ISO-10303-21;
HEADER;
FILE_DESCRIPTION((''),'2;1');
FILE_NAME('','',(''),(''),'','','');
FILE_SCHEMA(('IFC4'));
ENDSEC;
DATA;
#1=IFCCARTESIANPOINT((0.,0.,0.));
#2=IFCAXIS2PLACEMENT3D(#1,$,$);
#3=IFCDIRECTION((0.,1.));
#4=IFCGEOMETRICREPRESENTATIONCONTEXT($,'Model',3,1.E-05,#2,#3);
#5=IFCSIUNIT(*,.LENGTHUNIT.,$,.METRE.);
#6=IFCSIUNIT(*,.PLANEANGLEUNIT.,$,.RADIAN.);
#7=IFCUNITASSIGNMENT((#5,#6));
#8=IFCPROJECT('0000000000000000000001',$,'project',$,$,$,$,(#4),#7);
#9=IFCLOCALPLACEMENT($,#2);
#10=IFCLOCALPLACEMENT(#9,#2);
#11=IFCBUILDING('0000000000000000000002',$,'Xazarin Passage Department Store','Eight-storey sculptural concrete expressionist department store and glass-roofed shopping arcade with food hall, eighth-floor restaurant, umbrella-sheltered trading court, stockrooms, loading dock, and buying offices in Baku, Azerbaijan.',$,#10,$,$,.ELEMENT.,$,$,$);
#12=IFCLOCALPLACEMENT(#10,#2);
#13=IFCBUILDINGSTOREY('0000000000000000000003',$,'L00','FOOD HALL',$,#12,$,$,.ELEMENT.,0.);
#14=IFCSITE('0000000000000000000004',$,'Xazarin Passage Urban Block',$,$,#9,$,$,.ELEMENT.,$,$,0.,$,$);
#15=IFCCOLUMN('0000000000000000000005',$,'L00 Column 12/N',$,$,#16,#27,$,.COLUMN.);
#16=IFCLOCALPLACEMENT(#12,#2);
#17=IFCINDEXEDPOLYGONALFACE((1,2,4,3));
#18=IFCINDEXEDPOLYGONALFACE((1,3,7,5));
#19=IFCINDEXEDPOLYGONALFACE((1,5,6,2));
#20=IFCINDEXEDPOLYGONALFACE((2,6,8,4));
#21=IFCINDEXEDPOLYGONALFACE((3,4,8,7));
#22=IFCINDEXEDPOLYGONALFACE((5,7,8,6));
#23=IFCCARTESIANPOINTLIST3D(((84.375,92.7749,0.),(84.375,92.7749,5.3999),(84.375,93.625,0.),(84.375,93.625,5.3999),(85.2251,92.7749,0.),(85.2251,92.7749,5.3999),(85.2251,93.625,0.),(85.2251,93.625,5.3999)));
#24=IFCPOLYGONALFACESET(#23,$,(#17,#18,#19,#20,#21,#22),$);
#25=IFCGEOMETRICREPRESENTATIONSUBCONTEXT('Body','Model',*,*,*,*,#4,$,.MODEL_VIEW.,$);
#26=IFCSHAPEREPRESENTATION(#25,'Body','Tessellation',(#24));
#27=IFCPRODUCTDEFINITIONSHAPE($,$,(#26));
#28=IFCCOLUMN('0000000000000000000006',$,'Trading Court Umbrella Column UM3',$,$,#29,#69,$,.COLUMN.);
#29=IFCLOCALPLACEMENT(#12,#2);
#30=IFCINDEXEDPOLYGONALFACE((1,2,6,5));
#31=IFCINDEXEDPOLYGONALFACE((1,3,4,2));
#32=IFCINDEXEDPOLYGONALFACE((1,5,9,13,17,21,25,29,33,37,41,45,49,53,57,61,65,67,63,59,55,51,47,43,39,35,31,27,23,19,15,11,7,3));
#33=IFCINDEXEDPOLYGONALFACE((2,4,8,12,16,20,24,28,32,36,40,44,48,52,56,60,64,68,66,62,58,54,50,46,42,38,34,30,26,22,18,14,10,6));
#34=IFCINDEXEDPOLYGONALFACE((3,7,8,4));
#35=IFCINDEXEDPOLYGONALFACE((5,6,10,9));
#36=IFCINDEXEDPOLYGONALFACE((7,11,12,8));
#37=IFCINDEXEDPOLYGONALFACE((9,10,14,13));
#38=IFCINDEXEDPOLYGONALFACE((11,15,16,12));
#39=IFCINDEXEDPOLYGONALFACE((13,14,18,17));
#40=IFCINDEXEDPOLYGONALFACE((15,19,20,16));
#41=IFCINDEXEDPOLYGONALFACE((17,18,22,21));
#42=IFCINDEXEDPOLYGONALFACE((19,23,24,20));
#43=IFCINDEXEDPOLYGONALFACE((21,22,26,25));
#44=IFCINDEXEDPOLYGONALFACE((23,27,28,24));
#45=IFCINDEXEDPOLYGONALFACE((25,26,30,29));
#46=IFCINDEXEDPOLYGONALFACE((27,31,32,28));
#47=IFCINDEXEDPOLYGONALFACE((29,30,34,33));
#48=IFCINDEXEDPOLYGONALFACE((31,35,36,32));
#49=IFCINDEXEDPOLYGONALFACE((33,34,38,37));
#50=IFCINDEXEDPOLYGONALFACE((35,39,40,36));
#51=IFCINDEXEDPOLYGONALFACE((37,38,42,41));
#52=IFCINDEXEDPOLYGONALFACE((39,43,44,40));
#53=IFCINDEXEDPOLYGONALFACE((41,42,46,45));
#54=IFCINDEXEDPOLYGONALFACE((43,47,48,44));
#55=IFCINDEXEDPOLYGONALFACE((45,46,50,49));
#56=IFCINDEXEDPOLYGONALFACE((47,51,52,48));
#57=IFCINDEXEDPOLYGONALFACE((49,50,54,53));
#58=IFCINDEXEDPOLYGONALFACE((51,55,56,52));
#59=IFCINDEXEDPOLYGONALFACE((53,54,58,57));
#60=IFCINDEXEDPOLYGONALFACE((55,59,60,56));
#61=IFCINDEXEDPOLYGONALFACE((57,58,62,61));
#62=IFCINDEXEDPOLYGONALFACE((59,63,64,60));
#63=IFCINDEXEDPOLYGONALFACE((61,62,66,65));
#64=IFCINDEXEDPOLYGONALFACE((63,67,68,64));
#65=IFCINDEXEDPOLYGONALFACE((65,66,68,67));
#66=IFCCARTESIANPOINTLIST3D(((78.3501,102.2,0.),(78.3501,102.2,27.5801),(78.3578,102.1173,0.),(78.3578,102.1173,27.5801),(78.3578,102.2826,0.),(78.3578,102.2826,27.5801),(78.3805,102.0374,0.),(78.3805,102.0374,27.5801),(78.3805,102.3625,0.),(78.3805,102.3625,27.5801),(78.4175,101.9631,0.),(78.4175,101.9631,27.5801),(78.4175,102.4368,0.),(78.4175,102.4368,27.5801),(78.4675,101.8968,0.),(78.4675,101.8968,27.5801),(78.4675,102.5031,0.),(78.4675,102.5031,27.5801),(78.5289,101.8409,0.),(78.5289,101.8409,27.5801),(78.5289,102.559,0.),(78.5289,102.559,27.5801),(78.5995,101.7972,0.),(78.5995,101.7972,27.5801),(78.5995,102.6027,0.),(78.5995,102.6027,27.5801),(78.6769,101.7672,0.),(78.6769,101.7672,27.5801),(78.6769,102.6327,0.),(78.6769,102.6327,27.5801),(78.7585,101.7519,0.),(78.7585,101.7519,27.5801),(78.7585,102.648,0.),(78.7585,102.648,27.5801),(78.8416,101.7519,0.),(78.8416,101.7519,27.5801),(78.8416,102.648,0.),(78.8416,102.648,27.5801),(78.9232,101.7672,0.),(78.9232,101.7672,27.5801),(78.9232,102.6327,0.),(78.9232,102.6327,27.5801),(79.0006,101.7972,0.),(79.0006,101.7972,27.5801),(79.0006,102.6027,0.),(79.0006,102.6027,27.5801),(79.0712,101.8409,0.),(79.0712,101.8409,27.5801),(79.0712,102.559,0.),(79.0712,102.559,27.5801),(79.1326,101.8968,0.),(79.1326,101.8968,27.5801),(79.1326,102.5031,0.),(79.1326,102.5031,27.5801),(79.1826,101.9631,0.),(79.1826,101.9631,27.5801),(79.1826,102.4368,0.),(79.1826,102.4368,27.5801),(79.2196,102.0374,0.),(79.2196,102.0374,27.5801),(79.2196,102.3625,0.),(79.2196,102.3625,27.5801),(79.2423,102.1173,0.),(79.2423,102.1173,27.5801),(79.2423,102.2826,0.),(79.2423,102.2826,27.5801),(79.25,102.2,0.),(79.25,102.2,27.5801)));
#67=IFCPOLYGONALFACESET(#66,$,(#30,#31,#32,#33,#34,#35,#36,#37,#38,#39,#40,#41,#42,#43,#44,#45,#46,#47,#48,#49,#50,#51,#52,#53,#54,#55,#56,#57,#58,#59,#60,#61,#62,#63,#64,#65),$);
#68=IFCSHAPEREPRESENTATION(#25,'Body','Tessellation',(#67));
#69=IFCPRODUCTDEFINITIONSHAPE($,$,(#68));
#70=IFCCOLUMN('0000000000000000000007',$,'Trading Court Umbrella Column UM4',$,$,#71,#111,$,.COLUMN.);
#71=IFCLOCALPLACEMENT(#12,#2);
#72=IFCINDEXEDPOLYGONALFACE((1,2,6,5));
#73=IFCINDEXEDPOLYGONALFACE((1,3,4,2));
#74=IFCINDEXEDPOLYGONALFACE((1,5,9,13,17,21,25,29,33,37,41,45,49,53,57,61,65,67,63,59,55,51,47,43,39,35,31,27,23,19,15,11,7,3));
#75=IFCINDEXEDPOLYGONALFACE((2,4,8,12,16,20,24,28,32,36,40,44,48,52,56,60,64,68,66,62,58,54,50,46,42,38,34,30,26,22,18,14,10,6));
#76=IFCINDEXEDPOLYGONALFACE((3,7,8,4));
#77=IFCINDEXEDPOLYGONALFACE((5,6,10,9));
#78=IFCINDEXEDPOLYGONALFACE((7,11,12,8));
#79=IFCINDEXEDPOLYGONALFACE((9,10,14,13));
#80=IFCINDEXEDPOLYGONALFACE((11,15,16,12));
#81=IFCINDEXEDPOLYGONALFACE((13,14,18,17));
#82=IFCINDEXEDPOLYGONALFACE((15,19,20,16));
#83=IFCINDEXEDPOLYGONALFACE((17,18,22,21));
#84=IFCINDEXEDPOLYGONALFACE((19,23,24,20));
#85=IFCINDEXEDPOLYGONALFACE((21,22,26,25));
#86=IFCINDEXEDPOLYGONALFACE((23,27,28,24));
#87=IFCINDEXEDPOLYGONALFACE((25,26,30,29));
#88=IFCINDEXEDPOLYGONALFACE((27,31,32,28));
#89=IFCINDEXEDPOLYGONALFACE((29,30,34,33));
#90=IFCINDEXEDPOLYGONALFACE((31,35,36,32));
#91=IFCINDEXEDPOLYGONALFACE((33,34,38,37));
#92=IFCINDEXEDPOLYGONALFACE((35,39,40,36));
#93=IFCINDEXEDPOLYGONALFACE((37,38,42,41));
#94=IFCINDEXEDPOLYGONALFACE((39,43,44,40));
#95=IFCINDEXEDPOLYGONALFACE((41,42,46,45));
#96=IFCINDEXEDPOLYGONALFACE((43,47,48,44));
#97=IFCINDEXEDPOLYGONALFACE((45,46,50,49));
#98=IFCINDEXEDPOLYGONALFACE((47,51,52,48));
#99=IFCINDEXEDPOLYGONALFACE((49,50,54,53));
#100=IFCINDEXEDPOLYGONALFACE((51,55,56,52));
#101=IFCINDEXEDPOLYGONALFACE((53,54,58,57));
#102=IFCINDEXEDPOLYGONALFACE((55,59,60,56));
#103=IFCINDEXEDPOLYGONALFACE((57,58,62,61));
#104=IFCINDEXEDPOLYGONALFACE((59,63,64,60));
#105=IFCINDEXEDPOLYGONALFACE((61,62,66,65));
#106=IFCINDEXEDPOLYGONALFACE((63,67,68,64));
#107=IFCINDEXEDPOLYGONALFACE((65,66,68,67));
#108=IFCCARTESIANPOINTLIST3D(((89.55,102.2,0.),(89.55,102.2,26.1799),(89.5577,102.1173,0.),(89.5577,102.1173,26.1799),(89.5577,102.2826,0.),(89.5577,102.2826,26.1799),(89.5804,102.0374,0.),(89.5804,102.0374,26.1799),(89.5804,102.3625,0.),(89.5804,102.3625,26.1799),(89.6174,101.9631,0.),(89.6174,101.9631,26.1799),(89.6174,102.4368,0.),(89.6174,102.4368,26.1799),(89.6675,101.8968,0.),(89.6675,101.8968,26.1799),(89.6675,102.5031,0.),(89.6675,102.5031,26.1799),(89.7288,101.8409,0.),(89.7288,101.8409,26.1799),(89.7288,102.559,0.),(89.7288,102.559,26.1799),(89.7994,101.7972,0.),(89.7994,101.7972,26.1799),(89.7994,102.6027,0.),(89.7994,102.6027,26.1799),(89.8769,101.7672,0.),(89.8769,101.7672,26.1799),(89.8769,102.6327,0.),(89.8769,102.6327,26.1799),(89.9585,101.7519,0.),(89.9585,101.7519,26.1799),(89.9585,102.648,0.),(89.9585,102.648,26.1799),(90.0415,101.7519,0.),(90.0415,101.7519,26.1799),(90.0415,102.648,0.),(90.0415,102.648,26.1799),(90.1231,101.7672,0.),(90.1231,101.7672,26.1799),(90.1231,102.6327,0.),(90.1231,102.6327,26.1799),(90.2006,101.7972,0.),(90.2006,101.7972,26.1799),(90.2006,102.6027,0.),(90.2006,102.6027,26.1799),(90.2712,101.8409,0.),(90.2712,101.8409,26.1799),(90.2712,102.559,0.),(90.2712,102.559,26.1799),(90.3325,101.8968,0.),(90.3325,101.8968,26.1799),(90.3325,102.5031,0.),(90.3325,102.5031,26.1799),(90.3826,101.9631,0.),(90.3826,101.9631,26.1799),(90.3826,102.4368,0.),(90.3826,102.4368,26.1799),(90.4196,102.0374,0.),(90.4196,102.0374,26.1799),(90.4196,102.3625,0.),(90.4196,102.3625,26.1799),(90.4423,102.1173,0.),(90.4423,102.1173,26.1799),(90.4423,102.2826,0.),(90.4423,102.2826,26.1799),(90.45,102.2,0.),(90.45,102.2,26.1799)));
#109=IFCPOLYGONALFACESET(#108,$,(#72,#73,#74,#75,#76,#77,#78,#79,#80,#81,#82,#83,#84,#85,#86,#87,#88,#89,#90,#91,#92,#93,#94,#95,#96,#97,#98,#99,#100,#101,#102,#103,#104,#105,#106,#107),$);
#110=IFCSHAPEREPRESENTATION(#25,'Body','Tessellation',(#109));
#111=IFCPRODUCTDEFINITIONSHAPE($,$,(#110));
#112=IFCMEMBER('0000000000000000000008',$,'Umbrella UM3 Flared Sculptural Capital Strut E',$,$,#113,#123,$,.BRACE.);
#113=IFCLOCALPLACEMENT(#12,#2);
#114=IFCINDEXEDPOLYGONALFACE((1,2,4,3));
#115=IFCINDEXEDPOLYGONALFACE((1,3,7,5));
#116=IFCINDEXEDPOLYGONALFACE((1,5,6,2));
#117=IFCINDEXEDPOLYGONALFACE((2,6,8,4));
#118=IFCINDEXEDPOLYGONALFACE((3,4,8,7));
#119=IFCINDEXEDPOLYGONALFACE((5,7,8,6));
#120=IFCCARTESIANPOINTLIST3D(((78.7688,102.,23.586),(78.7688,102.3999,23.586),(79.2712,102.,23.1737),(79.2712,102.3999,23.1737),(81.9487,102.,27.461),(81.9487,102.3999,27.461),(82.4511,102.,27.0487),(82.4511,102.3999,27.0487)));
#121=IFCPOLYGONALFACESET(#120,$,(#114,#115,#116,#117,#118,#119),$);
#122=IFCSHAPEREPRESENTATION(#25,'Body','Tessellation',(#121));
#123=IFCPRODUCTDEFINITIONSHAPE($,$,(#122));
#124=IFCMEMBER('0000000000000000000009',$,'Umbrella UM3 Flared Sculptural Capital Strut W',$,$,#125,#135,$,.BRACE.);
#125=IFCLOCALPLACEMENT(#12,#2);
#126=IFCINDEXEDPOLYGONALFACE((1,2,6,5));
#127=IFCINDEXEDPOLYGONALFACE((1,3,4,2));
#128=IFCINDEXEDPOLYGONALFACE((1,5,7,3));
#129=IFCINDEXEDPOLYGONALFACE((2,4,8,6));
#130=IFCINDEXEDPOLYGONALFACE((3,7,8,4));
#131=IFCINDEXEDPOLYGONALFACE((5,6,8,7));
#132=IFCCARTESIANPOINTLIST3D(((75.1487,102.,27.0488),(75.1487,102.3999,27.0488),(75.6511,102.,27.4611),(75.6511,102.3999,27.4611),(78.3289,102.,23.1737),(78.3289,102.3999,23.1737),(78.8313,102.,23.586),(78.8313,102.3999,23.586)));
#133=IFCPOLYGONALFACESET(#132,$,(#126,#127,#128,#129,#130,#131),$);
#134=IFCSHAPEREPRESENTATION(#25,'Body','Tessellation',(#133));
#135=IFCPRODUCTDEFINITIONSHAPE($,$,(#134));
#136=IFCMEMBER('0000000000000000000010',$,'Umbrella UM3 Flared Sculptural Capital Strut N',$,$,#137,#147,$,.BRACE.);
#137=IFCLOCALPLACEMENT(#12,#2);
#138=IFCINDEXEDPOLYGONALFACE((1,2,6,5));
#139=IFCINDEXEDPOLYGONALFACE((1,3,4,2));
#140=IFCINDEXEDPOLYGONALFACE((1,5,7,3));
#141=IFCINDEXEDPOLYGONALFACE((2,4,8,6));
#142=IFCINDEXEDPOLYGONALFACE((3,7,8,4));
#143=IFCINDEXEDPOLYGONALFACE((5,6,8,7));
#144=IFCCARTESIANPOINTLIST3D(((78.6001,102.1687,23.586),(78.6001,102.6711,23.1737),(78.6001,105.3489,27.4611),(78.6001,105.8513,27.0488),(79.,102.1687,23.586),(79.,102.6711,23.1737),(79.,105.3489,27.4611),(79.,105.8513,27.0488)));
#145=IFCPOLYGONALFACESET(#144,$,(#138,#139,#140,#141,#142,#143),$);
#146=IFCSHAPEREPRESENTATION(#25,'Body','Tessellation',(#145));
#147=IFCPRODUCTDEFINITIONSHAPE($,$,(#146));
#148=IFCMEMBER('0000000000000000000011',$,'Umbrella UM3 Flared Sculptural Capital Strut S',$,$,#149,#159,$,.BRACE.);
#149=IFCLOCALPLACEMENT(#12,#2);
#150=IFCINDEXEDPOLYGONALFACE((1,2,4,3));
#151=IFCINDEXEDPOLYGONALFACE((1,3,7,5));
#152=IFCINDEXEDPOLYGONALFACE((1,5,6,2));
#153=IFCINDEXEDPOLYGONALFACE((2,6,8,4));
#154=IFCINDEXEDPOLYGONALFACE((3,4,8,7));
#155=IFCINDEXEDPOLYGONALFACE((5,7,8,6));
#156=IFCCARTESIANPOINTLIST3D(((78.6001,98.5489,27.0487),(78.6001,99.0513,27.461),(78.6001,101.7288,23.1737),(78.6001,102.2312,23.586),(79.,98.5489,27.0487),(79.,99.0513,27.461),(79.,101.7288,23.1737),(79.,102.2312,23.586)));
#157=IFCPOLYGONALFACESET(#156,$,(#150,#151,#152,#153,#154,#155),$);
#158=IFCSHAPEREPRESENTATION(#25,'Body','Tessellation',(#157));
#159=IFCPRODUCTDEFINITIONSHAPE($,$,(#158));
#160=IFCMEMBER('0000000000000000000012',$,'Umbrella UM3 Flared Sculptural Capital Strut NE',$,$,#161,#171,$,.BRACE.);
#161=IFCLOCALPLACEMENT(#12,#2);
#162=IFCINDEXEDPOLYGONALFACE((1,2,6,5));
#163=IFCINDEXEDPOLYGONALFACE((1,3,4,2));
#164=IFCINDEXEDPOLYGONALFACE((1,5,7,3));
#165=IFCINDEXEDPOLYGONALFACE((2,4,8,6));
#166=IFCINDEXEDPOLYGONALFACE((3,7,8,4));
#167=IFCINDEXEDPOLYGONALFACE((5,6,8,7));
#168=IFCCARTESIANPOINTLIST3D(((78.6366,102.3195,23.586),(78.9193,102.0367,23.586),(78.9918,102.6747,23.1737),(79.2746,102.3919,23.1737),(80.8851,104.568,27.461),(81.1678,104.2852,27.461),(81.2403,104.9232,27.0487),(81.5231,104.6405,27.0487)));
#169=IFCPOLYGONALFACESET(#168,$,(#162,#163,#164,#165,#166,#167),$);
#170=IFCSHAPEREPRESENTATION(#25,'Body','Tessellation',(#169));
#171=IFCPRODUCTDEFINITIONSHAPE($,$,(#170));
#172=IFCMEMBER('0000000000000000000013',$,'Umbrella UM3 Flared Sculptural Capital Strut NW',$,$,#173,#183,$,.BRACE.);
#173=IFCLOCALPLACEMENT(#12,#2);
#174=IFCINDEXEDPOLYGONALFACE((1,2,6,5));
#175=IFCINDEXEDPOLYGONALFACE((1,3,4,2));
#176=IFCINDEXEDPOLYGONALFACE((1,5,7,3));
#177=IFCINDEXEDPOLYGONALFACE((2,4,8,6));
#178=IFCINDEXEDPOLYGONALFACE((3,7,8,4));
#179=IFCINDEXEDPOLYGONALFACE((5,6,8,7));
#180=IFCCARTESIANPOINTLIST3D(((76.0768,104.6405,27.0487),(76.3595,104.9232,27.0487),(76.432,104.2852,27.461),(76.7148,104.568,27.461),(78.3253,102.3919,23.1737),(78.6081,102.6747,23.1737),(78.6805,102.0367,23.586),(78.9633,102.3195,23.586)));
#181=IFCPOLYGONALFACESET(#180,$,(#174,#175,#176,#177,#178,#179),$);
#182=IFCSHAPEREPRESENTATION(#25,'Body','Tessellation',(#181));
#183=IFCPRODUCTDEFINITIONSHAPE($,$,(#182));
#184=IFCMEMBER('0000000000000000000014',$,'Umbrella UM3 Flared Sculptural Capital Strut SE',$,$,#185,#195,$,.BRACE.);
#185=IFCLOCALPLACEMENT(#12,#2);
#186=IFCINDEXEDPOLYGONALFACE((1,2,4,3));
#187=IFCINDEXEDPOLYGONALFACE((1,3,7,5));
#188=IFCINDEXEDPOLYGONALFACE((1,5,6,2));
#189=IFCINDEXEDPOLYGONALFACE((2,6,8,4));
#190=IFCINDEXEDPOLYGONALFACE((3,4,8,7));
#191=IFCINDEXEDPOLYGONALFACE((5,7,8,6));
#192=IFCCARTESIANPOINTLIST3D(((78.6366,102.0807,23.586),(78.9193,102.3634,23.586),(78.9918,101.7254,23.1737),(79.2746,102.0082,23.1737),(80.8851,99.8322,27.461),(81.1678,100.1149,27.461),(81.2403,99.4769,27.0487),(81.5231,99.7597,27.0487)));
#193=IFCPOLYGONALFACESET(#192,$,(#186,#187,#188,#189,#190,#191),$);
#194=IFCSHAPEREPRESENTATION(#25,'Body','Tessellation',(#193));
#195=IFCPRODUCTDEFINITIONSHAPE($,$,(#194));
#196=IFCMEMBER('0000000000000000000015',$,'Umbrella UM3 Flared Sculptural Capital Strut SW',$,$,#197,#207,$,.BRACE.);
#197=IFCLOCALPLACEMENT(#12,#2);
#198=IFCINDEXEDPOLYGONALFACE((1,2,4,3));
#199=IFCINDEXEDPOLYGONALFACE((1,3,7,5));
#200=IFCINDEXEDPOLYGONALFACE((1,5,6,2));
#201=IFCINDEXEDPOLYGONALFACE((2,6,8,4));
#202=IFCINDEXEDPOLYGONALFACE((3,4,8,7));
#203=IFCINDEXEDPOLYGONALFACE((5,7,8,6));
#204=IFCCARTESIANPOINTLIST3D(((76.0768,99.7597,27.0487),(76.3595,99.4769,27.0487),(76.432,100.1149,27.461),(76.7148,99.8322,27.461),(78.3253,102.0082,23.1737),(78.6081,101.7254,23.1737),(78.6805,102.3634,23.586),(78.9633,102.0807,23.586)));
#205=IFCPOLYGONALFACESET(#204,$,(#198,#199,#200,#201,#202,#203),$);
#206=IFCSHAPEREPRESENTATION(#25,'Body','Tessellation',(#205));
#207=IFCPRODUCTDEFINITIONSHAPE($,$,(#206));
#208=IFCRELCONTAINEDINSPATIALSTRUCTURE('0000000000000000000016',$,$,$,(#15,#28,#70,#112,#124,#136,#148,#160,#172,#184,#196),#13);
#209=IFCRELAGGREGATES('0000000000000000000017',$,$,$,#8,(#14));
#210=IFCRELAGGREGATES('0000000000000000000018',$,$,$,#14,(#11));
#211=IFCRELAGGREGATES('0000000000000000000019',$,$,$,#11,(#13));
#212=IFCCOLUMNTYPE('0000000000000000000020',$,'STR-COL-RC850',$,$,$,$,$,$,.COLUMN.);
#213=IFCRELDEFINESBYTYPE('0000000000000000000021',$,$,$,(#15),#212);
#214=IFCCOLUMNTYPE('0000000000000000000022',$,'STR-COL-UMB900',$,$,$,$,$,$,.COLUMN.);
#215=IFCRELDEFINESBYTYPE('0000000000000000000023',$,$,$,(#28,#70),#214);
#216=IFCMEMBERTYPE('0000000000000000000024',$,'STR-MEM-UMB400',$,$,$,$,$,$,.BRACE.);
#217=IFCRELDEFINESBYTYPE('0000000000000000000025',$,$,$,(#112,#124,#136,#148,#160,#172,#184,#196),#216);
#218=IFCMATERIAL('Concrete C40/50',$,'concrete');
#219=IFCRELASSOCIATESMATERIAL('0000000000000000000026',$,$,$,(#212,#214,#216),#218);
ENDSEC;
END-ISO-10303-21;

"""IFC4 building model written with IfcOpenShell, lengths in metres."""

from ifc_helpers import new_model, si_unit, direction, frame, origin, origin_2d, place, context, subcontext, project, spatial, rectangle, circle, extrude, material, material_profile, profile_set, type_object, element, save


model = new_model("IFC4")

# Units and contexts
model_context = context("Model", 3, precision=1e-05, world=origin(), true_north=direction((0.0, 1.0)))
body_context = subcontext(model_context, "Body", "Model", "MODEL_VIEW")
ifc_project = project(units=[si_unit("LENGTHUNIT", "METRE"), si_unit("PLANEANGLEUNIT", "RADIAN")], contexts=[model_context])

# Site, building, storey
site_placement = place(None, origin())
site = spatial("IfcSite", under=ifc_project, at=site_placement, Name="Xazarin Passage Urban Block", CompositionType="ELEMENT", RefElevation=0.0)
building_placement = place(site_placement, origin())
building = spatial("IfcBuilding", under=site, at=building_placement, Name="Xazarin Passage Department Store", Description="Eight-storey sculptural concrete expressionist department store and glass-roofed shopping arcade with food hall, eighth-floor restaurant, umbrella-sheltered trading court, stockrooms, loading dock, and buying offices in Baku, Azerbaijan.", CompositionType="ELEMENT")
storey_placement = place(building_placement, origin())
storey = spatial("IfcBuildingStorey", under=building, at=storey_placement, Name="L00", Description="FOOD HALL", CompositionType="ELEMENT", Elevation=0.0)

# Columns
ifc_material_1 = material(Name="Concrete C40/50", Category="concrete")
ifc_material_profile_1 = material_profile(ifc_material_1, rectangle(XDim=0.8501, YDim=0.8501, at=origin_2d()), Name="RC 850x850")
ifc_profile_set_1 = profile_set([ifc_material_profile_1], Name="Concrete C40/50")
column_type_1 = type_object("IfcColumnType", Name="STR-COL-RC850", PredefinedType="COLUMN", material=ifc_profile_set_1)
column_1_placement = place(storey_placement, frame((84.8, 93.2, 0.0), z_axis=(0.0, 0.0, 1.0), x_axis=(1.0, 0.0, 0.0)))
element("IfcColumn", 1, at=column_1_placement, inside=storey, type_object=column_type_1, Name="L00 Column 12/N", PredefinedType="COLUMN", context=body_context, shape_type="SweptSolid", body=[
    extrude(rectangle(XDim=0.8501, YDim=0.8501, at=origin_2d()), origin(), (0.0, 0.0, 1.0), 5.3999),
])
ifc_material_profile_2 = material_profile(ifc_material_1, circle(Radius=0.45, at=origin_2d()), Name="RCD 900")
ifc_profile_set_2 = profile_set([ifc_material_profile_2], Name="Concrete C40/50")
column_type_2 = type_object("IfcColumnType", Name="STR-COL-UMB900", PredefinedType="COLUMN", material=ifc_profile_set_2)
column_2_placement = place(storey_placement, frame((78.8, 102.2, 0.0), z_axis=(0.0, 0.0, 1.0), x_axis=(1.0, 0.0, 0.0)))
element("IfcColumn", 2, at=column_2_placement, inside=storey, type_object=column_type_2, Name="Trading Court Umbrella Column UM3", PredefinedType="COLUMN", context=body_context, shape_type="SweptSolid", body=[
    extrude(circle(Radius=0.45, at=origin_2d()), origin(), (0.0, 0.0, 1.0), 27.5801),
])
column_3_placement = place(storey_placement, frame((90.0, 102.2, 0.0), z_axis=(0.0, 0.0, 1.0), x_axis=(1.0, 0.0, 0.0)))
element("IfcColumn", 3, at=column_3_placement, inside=storey, type_object=column_type_2, Name="Trading Court Umbrella Column UM4", PredefinedType="COLUMN", context=body_context, shape_type="SweptSolid", body=[
    extrude(circle(Radius=0.45, at=origin_2d()), origin(), (0.0, 0.0, 1.0), 26.1799),
])

# Members
ifc_material_profile_3 = material_profile(ifc_material_1, rectangle(XDim=0.3999, YDim=0.6499, at=origin_2d()), Name="RC 400x650")
ifc_profile_set_3 = profile_set([ifc_material_profile_3], Name="Concrete C40/50")
member_type = type_object("IfcMemberType", Name="STR-MEM-UMB400", PredefinedType="BRACE", material=ifc_profile_set_3)
member_1_placement = place(storey_placement, frame((79.02, 102.2, 23.3799), z_axis=(0.63437, 0.0, 0.77303), x_axis=(0.0, 1.0, 0.0)))
element("IfcMember", 4, at=member_1_placement, inside=storey, type_object=member_type, Name="Umbrella UM3 Flared Sculptural Capital Strut E", PredefinedType="BRACE", context=body_context, shape_type="SweptSolid", body=[
    extrude(rectangle(XDim=0.3999, YDim=0.6499, at=origin_2d()), origin(), (0.0, 0.0, 1.0), 5.0127),
])
for number, where, z_axis, x_axis, name in (
    (5, (78.5801, 102.2, 23.3799), (-0.634399, 0.0, 0.773006), (0.0, -1.0, 0.0), "Umbrella UM3 Flared Sculptural Capital Strut W"),
    (6, (78.8, 102.4199, 23.3799), (0.0, 0.634399, 0.773006), (-1.0, 0.0, 0.0), "Umbrella UM3 Flared Sculptural Capital Strut N"),
):
    element("IfcMember", number, at=place(storey_placement, frame(where, z_axis=z_axis, x_axis=x_axis)), inside=storey, type_object=member_type, Name=name, PredefinedType="BRACE", context=body_context, shape_type="SweptSolid", body=[
        extrude(rectangle(XDim=0.3999, YDim=0.6499, at=origin_2d()), origin(), (0.0, 0.0, 1.0), 5.0129),
    ])
for number, where, z_axis, x_axis, name in (
    (7, (78.8, 101.98, 23.3799), (0.0, -0.63437, 0.77303), (1.0, 0.0, 0.0), "Umbrella UM3 Flared Sculptural Capital Strut S"),
    (8, (78.9556, 102.3557, 23.3799), (0.448565, 0.448565, 0.773032), (-0.707107, 0.707107, 0.0), "Umbrella UM3 Flared Sculptural Capital Strut NE"),
    (9, (78.6443, 102.3557, 23.3799), (-0.448565, 0.448565, 0.773032), (-0.707107, -0.707107, 0.0), "Umbrella UM3 Flared Sculptural Capital Strut NW"),
    (10, (78.9556, 102.0444, 23.3799), (0.448565, -0.448565, 0.773032), (0.707107, 0.707107, 0.0), "Umbrella UM3 Flared Sculptural Capital Strut SE"),
    (11, (78.6443, 102.0444, 23.3799), (-0.448565, -0.448565, 0.773032), (0.707107, -0.707107, 0.0), "Umbrella UM3 Flared Sculptural Capital Strut SW"),
):
    element("IfcMember", number, at=place(storey_placement, frame(where, z_axis=z_axis, x_axis=x_axis)), inside=storey, type_object=member_type, Name=name, PredefinedType="BRACE", context=body_context, shape_type="SweptSolid", body=[
        extrude(rectangle(XDim=0.3999, YDim=0.6499, at=origin_2d()), origin(), (0.0, 0.0, 1.0), 5.0127),
    ])

save(model, "model.ifc")
